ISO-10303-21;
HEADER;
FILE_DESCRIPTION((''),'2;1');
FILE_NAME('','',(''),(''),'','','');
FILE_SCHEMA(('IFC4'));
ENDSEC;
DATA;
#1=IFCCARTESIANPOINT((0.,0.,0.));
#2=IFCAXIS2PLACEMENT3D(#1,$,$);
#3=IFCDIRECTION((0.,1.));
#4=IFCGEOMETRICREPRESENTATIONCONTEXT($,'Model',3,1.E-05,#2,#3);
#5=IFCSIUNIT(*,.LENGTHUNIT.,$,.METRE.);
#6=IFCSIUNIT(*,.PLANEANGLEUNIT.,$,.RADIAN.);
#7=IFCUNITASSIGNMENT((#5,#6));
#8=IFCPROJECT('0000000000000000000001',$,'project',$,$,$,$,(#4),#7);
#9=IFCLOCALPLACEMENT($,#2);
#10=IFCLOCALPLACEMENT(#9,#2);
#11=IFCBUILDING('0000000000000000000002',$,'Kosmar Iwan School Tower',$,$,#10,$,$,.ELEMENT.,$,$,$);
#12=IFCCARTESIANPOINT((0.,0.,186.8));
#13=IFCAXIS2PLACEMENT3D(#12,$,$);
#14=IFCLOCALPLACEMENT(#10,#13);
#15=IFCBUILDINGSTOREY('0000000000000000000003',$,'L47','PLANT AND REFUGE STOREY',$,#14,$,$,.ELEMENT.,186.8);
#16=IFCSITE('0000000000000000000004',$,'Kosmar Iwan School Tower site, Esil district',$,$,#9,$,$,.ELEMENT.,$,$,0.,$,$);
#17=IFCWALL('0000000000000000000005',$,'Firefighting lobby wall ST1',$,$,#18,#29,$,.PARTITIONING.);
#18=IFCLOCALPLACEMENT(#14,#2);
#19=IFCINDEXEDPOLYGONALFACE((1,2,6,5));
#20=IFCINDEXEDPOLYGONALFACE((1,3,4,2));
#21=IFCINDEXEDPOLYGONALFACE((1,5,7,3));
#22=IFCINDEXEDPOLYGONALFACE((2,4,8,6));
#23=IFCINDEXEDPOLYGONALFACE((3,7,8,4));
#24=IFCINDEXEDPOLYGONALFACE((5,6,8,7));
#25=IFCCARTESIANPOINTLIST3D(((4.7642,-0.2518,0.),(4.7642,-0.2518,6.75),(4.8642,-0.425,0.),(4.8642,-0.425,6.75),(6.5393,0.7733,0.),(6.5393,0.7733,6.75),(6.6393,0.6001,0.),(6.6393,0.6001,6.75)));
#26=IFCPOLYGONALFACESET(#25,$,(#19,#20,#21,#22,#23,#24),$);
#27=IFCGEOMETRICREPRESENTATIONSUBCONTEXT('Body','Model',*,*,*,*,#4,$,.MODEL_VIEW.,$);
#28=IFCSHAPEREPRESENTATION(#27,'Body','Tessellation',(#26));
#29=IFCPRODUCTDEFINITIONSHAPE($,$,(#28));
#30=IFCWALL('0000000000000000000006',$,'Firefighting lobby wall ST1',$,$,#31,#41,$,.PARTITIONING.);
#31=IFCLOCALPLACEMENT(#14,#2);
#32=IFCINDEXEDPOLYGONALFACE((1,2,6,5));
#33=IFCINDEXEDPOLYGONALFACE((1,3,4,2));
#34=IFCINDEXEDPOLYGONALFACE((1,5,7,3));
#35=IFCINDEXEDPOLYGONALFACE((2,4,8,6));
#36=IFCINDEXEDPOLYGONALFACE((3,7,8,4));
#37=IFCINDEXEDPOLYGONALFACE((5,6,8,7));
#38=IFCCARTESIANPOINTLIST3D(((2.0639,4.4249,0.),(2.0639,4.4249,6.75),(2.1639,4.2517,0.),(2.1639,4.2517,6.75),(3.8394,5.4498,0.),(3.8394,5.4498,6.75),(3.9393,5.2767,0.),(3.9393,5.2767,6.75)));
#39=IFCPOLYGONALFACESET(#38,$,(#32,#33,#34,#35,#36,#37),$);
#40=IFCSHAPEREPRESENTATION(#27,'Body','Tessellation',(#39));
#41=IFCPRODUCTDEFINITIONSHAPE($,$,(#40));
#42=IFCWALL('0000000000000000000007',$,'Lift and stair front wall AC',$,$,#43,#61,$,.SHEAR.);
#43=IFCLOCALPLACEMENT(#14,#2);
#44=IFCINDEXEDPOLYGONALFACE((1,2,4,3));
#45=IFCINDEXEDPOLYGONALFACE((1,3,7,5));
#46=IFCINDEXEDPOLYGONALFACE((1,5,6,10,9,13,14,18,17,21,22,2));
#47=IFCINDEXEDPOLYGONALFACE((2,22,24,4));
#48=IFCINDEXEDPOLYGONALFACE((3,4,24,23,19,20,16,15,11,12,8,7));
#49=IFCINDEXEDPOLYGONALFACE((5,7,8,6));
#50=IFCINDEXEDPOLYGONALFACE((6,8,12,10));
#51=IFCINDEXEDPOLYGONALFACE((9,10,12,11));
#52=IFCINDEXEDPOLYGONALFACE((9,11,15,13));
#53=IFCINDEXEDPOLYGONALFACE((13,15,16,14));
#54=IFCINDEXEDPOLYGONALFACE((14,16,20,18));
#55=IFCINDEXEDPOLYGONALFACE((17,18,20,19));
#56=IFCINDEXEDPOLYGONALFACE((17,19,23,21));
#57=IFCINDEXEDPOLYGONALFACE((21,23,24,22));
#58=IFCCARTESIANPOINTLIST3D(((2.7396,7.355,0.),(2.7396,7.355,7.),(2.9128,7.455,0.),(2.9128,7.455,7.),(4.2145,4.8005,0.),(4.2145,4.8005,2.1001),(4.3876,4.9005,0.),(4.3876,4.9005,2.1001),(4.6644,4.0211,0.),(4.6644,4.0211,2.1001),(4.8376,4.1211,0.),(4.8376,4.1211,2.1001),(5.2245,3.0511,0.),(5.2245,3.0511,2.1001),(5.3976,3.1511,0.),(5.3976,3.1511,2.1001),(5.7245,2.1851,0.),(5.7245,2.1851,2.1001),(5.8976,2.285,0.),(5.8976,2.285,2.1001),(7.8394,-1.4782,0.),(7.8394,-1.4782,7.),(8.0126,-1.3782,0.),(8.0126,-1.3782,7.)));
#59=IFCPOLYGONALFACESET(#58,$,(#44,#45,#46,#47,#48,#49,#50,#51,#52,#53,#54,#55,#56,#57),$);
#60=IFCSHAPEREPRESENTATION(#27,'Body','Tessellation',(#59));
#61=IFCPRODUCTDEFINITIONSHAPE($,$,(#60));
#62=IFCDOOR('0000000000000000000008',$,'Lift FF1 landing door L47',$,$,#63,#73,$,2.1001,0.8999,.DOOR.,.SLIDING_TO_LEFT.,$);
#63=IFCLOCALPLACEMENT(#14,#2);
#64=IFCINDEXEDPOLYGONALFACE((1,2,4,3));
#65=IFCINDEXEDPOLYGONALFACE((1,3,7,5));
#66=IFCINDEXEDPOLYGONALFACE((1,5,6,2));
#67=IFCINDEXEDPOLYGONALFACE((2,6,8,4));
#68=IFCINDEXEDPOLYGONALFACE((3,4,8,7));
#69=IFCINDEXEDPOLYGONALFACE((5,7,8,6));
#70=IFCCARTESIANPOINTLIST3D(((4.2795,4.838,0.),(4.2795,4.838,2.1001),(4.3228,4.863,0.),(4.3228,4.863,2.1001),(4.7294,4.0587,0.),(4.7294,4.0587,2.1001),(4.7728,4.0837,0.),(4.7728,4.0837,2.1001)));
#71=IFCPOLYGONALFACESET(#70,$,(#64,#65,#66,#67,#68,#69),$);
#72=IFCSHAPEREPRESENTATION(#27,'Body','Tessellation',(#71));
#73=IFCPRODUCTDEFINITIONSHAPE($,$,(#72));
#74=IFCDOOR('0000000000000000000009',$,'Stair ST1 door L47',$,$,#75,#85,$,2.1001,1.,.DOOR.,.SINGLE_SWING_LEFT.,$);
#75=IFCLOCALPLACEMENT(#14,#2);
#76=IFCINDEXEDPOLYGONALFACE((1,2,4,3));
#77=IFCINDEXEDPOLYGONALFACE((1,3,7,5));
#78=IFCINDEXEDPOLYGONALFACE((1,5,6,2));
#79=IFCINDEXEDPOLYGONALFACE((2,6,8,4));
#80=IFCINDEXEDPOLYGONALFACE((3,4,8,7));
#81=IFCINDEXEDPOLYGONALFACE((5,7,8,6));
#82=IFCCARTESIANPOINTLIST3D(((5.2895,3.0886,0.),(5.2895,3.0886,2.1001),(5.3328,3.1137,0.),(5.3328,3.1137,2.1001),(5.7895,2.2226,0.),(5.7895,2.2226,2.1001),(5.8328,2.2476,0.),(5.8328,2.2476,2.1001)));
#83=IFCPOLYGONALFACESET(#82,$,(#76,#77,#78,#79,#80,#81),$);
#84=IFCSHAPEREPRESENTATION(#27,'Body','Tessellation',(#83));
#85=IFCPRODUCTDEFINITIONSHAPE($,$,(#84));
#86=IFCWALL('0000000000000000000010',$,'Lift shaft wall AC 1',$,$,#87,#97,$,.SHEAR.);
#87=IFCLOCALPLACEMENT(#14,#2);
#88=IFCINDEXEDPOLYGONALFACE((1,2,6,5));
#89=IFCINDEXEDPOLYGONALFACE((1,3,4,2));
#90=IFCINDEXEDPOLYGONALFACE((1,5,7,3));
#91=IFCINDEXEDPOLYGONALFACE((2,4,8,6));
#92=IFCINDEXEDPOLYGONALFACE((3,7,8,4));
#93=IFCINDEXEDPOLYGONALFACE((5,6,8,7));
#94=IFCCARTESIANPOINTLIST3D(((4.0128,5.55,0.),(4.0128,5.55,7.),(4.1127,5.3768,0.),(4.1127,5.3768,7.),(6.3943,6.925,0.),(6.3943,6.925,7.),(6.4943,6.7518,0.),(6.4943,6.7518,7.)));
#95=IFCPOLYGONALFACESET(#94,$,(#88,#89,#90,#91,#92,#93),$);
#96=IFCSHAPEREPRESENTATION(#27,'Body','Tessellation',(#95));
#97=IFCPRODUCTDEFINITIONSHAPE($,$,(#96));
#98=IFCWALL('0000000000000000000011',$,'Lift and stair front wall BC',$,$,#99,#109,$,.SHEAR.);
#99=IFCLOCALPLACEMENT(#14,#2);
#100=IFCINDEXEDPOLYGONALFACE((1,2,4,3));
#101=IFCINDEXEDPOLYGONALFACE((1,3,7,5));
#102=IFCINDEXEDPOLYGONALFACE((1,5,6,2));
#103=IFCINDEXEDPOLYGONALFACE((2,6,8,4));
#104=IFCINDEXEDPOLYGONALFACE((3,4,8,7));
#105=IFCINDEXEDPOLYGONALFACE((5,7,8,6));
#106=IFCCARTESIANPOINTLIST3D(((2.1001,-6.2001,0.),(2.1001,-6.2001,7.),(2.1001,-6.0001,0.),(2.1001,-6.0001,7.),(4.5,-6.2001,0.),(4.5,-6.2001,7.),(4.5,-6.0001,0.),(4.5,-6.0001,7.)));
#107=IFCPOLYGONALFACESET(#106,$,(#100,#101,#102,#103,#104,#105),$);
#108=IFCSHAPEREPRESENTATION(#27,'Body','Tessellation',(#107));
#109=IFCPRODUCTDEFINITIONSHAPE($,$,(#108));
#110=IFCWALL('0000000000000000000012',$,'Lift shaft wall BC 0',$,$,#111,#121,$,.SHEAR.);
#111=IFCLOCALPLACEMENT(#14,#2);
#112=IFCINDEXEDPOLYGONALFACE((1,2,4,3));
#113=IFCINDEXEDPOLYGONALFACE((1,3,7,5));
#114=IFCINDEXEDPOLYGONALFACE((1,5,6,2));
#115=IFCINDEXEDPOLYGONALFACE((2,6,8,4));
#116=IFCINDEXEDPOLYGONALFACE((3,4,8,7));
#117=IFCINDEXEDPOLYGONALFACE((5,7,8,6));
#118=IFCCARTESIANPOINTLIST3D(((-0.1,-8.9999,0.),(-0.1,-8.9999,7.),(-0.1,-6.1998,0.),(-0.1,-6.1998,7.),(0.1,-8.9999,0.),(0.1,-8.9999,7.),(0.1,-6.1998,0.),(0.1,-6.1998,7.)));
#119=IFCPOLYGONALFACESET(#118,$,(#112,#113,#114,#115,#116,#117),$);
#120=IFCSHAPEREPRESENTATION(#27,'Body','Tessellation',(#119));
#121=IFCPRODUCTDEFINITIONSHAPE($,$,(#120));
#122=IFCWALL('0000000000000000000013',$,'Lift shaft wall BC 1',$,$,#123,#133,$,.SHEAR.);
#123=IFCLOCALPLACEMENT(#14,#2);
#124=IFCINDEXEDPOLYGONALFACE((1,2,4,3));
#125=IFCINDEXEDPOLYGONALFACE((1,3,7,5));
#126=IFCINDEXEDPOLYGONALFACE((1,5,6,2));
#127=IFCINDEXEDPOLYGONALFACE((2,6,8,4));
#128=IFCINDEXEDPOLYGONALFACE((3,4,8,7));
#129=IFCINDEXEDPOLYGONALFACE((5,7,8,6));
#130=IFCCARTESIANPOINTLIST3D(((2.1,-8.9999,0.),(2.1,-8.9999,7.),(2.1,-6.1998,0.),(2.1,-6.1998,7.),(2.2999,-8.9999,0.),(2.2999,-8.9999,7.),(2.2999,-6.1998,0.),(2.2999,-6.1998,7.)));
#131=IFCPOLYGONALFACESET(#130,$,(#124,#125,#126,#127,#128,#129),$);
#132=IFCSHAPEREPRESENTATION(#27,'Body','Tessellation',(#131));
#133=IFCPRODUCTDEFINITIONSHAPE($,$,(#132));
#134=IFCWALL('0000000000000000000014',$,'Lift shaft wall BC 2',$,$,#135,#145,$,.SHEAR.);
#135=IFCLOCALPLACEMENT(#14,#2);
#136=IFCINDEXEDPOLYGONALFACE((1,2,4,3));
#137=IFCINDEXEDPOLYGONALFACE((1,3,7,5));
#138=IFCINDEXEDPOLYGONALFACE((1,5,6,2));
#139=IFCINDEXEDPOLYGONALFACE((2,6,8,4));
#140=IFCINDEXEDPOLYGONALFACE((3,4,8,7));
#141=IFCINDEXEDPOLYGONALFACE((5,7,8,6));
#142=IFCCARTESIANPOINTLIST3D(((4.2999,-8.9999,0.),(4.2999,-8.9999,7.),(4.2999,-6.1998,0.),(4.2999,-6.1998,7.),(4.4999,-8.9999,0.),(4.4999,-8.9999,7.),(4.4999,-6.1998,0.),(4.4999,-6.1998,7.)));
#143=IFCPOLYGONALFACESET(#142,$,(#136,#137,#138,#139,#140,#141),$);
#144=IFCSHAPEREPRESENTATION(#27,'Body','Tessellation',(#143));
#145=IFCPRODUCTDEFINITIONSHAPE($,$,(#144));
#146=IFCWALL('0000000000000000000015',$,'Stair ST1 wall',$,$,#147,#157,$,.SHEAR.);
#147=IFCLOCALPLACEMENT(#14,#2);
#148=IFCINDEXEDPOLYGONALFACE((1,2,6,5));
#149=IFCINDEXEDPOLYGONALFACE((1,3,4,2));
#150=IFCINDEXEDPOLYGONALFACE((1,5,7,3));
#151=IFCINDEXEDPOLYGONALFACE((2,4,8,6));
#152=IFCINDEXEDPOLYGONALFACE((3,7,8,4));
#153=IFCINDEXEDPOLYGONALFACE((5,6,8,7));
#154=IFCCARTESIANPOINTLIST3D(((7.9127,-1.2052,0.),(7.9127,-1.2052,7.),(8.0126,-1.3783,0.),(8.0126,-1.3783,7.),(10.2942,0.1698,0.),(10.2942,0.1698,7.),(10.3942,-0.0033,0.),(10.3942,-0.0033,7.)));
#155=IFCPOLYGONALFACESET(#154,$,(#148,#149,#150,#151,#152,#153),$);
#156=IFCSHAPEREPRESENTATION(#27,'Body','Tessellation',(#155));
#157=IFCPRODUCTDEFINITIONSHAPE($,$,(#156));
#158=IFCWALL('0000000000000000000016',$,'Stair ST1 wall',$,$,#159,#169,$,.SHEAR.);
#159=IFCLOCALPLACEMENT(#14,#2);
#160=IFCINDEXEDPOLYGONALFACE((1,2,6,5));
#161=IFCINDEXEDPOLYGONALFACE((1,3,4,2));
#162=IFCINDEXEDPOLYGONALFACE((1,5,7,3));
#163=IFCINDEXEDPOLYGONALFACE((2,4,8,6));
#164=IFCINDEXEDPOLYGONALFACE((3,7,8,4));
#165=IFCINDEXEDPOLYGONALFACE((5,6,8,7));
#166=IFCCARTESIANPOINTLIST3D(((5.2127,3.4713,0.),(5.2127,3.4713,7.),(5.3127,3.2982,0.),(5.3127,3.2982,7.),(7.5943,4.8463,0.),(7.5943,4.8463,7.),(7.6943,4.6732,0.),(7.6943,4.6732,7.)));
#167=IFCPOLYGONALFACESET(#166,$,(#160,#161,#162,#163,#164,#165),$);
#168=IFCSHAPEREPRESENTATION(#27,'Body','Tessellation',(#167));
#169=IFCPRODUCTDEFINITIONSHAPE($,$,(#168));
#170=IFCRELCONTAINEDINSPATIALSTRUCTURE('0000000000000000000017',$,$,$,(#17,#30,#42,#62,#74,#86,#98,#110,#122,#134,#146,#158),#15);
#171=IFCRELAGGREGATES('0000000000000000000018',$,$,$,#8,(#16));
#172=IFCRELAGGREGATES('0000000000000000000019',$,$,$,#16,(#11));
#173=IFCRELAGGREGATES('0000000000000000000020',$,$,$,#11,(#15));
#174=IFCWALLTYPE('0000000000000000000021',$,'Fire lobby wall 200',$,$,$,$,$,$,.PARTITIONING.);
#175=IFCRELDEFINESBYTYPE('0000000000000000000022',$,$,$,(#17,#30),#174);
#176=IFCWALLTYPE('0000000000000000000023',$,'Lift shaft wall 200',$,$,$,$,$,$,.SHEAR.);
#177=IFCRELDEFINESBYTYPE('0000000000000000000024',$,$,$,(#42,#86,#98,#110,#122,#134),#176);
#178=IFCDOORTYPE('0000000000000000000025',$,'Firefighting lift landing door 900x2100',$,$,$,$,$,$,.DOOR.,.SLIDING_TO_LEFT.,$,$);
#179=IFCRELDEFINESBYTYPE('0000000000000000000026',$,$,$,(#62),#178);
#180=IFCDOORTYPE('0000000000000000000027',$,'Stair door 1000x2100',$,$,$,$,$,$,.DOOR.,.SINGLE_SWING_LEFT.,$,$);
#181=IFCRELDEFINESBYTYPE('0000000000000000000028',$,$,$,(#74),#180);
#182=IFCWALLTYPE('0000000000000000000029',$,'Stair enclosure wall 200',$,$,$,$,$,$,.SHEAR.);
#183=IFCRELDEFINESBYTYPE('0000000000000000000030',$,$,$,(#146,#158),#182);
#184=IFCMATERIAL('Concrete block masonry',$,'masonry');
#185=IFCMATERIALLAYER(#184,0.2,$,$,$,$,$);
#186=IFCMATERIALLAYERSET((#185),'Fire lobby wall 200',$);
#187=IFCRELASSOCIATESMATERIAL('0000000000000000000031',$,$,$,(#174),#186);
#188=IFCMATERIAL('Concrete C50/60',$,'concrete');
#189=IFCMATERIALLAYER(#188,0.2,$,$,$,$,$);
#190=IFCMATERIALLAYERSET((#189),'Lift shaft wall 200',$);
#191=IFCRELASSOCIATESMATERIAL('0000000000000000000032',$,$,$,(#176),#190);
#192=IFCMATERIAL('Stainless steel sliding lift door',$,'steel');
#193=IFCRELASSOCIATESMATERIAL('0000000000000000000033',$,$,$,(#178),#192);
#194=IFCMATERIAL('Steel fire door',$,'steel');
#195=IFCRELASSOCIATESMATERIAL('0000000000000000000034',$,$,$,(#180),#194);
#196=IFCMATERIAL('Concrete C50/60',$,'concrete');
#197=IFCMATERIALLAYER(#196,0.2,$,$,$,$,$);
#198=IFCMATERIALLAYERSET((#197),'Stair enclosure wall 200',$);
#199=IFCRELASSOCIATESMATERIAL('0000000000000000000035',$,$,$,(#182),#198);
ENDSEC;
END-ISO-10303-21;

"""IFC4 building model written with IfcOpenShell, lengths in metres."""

from ifc_helpers import new_model, si_unit, direction, frame, frame_2d, origin, place, context, subcontext, project, spatial, rectangle, extrude, material, layer, layer_set, type_object, element, fill, save


model = new_model("IFC4")

# Units and contexts
model_context = context("Model", 3, precision=1e-05, world=origin(), true_north=direction((0.0, 1.0)))
body_context = subcontext(model_context, "Body", "Model", "MODEL_VIEW")
ifc_project = project(units=[si_unit("LENGTHUNIT", "METRE"), si_unit("PLANEANGLEUNIT", "RADIAN")], contexts=[model_context])

# Site, building, storey
site_placement = place(None, origin())
site = spatial("IfcSite", under=ifc_project, at=site_placement, Name="Kosmar Iwan School Tower site, Esil district", CompositionType="ELEMENT", RefElevation=0.0)
building_placement = place(site_placement, origin())
building = spatial("IfcBuilding", under=site, at=building_placement, Name="Kosmar Iwan School Tower", CompositionType="ELEMENT")
storey_placement = place(building_placement, frame((0.0, 0.0, 186.8)))
storey = spatial("IfcBuildingStorey", under=building, at=storey_placement, Name="L47", Description="PLANT AND REFUGE STOREY", CompositionType="ELEMENT", Elevation=186.8)

# Shared definitions
ifc_material_1 = material(Name="Concrete block masonry", Category="masonry")
ifc_layer_1 = layer(ifc_material_1, 0.2)
ifc_layer_set_1 = layer_set([ifc_layer_1], Name="Fire lobby wall 200")
wall_type_1 = type_object("IfcWallType", Name="Fire lobby wall 200", PredefinedType="PARTITIONING", material=ifc_layer_set_1)

# Walls
wall_1_placement = place(storey_placement, frame((4.8142, -0.3384, 0.0), z_axis=(0.0, 0.0, 1.0), x_axis=(0.865969, 0.500097, 0.0)))
element("IfcWall", 1, at=wall_1_placement, inside=storey, type_object=wall_type_1, Name="Firefighting lobby wall ST1", PredefinedType="PARTITIONING", context=body_context, shape_type="SweptSolid", body=[
    extrude(rectangle(XDim=2.0498, YDim=0.2, at=frame_2d((1.0249, 0.0))), origin(), (0.0, 0.0, 1.0), 6.75),
])
wall_2_placement = place(storey_placement, frame((2.114, 4.3384, 0.0), z_axis=(0.0, 0.0, 1.0), x_axis=(0.866051, 0.499956, 0.0)))
element("IfcWall", 2, at=wall_2_placement, inside=storey, type_object=wall_type_1, Name="Firefighting lobby wall ST1", PredefinedType="PARTITIONING", context=body_context, shape_type="SweptSolid", body=[
    extrude(rectangle(XDim=2.05, YDim=0.2, at=frame_2d((1.0249, 0.0))), origin(), (0.0, 0.0, 1.0), 6.75),
])

# Wall, openings, doors
ifc_material_2 = material(Name="Concrete C50/60", Category="concrete")
ifc_layer_2 = layer(ifc_material_2, 0.2)
ifc_layer_set_2 = layer_set([ifc_layer_2], Name="Lift shaft wall 200")
wall_type_2 = type_object("IfcWallType", Name="Lift shaft wall 200", PredefinedType="SHEAR", material=ifc_layer_set_2)
wall_3_placement = place(storey_placement, frame((7.926, -1.4282, 0.0), z_axis=(0.0, 0.0, 1.0), x_axis=(-0.499998, 0.866027, 0.0)))
wall_3 = element("IfcWall", 3, at=wall_3_placement, inside=storey, type_object=wall_type_2, Name="Lift and stair front wall AC", PredefinedType="SHEAR", context=body_context, shape_type="SweptSolid", body=[
    extrude(rectangle(XDim=10.1997, YDim=0.2, at=frame_2d((5.0999, 0.0))), origin(), (0.0, 0.0, 1.0), 7.0),
])
opening_1_placement = place(wall_3_placement, frame((6.3501, 0.0, 0.0)))
opening_1 = element("IfcOpeningElement", 4, at=opening_1_placement, cuts=wall_3, PredefinedType="OPENING", context=body_context, shape_type="SweptSolid", body=[
    extrude(rectangle(XDim=0.8999, YDim=2.1001, at=frame_2d((0.45, 1.05))), frame((0.0, 0.1121, 0.0), z_axis=(0.0, -1.0, 0.0), x_axis=(1.0, 0.0, 0.0)), (0.0, 0.0, 1.0), 0.2239),
])
opening_2_placement = place(wall_3_placement, frame((4.23, 0.0, 0.0)))
opening_2 = element("IfcOpeningElement", 5, at=opening_2_placement, cuts=wall_3, PredefinedType="OPENING", context=body_context, shape_type="SweptSolid", body=[
    extrude(rectangle(XDim=1.0, YDim=2.1001, at=frame_2d((0.5, 1.05))), frame((0.0, 0.1121, 0.0), z_axis=(0.0, -1.0, 0.0), x_axis=(1.0, 0.0, 0.0)), (0.0, 0.0, 1.0), 0.2239),
])
ifc_material_3 = material(Name="Stainless steel sliding lift door", Category="steel")
door_type_1 = type_object("IfcDoorType", Name="Firefighting lift landing door 900x2100", OperationType="SLIDING_TO_LEFT", PredefinedType="DOOR", material=ifc_material_3)
door_1_placement = place(opening_1_placement, origin())
door_1 = element("IfcDoor", 6, at=door_1_placement, inside=storey, type_object=door_type_1, Name="Lift FF1 landing door L47", OperationType="SLIDING_TO_LEFT", OverallHeight=2.1001, OverallWidth=0.8999, PredefinedType="DOOR", context=body_context, shape_type="SweptSolid", body=[
    extrude(rectangle(XDim=0.8999, YDim=2.1001, at=frame_2d((0.45, 1.05))), frame((0.0, 0.0249, 0.0), z_axis=(0.0, -1.0, 0.0), x_axis=(1.0, 0.0, 0.0)), (0.0, 0.0, 1.0), 0.05),
])
fill(opening_1, door_1)
ifc_material_4 = material(Name="Steel fire door", Category="steel")
door_type_2 = type_object("IfcDoorType", Name="Stair door 1000x2100", OperationType="SINGLE_SWING_LEFT", PredefinedType="DOOR", material=ifc_material_4)
door_2_placement = place(opening_2_placement, origin())
door_2 = element("IfcDoor", 7, at=door_2_placement, inside=storey, type_object=door_type_2, Name="Stair ST1 door L47", OperationType="SINGLE_SWING_LEFT", OverallHeight=2.1001, OverallWidth=1.0, PredefinedType="DOOR", context=body_context, shape_type="SweptSolid", body=[
    extrude(rectangle(XDim=1.0, YDim=2.1001, at=frame_2d((0.5, 1.05))), frame((0.0, 0.0249, 0.0), z_axis=(0.0, -1.0, 0.0), x_axis=(1.0, 0.0, 0.0)), (0.0, 0.0, 1.0), 0.05),
])
fill(opening_2, door_2)

# Walls
wall_4_placement = place(storey_placement, frame((4.0627, 5.4634, 0.0), z_axis=(0.0, 0.0, 1.0), x_axis=(0.866027, 0.499997, 0.0)))
element("IfcWall", 8, at=wall_4_placement, inside=storey, type_object=wall_type_2, Name="Lift shaft wall AC 1", PredefinedType="SHEAR", context=body_context, shape_type="SweptSolid", body=[
    extrude(rectangle(XDim=2.75, YDim=0.2, at=frame_2d((1.375, 0.0))), origin(), (0.0, 0.0, 1.0), 7.0),
])
wall_5_placement = place(storey_placement, frame((2.1001, -6.1001, 0.0), z_axis=(0.0, 0.0, 1.0), x_axis=(1.0, 0.0, 0.0)))
element("IfcWall", 9, at=wall_5_placement, inside=storey, type_object=wall_type_2, Name="Lift and stair front wall BC", PredefinedType="SHEAR", context=body_context, shape_type="SweptSolid", body=[
    extrude(rectangle(XDim=2.3999, YDim=0.2, at=frame_2d((1.2, 0.0))), origin(), (0.0, 0.0, 1.0), 7.0),
])
for number, where, z_axis, x_axis, name in (
    (10, (0.0, -6.2, 0.0), (0.0, 0.0, 1.0), (0.0, -1.0, 0.0), "Lift shaft wall BC 0"),
    (11, (2.2, -6.2, 0.0), (0.0, 0.0, 1.0), (0.0, -1.0, 0.0), "Lift shaft wall BC 1"),
    (12, (4.3999, -6.2, 0.0), (0.0, 0.0, 1.0), (0.0, -1.0, 0.0), "Lift shaft wall BC 2"),
):
    element("IfcWall", number, at=place(storey_placement, frame(where, z_axis=z_axis, x_axis=x_axis)), inside=storey, type_object=wall_type_2, Name=name, PredefinedType="SHEAR", context=body_context, shape_type="SweptSolid", body=[
        extrude(rectangle(XDim=2.8, YDim=0.2, at=frame_2d((1.3999, 0.0))), origin(), (0.0, 0.0, 1.0), 7.0),
    ])
ifc_material_5 = material(Name="Concrete C50/60", Category="concrete")
ifc_layer_3 = layer(ifc_material_5, 0.2)
ifc_layer_set_3 = layer_set([ifc_layer_3], Name="Stair enclosure wall 200")
wall_type_3 = type_object("IfcWallType", Name="Stair enclosure wall 200", PredefinedType="SHEAR", material=ifc_layer_set_3)
for number, where, z_axis, x_axis, name in (
    (13, (7.9626, -1.2917, 0.0), (0.0, 0.0, 1.0), (0.866027, 0.499997, 0.0), "Stair ST1 wall"),
    (14, (5.2627, 3.3848, 0.0), (0.0, 0.0, 1.0), (0.866027, 0.499997, 0.0), "Stair ST1 wall"),
):
    element("IfcWall", number, at=place(storey_placement, frame(where, z_axis=z_axis, x_axis=x_axis)), inside=storey, type_object=wall_type_3, Name=name, PredefinedType="SHEAR", context=body_context, shape_type="SweptSolid", body=[
        extrude(rectangle(XDim=2.75, YDim=0.2, at=frame_2d((1.375, 0.0))), origin(), (0.0, 0.0, 1.0), 7.0),
    ])

save(model, "model.ifc")
